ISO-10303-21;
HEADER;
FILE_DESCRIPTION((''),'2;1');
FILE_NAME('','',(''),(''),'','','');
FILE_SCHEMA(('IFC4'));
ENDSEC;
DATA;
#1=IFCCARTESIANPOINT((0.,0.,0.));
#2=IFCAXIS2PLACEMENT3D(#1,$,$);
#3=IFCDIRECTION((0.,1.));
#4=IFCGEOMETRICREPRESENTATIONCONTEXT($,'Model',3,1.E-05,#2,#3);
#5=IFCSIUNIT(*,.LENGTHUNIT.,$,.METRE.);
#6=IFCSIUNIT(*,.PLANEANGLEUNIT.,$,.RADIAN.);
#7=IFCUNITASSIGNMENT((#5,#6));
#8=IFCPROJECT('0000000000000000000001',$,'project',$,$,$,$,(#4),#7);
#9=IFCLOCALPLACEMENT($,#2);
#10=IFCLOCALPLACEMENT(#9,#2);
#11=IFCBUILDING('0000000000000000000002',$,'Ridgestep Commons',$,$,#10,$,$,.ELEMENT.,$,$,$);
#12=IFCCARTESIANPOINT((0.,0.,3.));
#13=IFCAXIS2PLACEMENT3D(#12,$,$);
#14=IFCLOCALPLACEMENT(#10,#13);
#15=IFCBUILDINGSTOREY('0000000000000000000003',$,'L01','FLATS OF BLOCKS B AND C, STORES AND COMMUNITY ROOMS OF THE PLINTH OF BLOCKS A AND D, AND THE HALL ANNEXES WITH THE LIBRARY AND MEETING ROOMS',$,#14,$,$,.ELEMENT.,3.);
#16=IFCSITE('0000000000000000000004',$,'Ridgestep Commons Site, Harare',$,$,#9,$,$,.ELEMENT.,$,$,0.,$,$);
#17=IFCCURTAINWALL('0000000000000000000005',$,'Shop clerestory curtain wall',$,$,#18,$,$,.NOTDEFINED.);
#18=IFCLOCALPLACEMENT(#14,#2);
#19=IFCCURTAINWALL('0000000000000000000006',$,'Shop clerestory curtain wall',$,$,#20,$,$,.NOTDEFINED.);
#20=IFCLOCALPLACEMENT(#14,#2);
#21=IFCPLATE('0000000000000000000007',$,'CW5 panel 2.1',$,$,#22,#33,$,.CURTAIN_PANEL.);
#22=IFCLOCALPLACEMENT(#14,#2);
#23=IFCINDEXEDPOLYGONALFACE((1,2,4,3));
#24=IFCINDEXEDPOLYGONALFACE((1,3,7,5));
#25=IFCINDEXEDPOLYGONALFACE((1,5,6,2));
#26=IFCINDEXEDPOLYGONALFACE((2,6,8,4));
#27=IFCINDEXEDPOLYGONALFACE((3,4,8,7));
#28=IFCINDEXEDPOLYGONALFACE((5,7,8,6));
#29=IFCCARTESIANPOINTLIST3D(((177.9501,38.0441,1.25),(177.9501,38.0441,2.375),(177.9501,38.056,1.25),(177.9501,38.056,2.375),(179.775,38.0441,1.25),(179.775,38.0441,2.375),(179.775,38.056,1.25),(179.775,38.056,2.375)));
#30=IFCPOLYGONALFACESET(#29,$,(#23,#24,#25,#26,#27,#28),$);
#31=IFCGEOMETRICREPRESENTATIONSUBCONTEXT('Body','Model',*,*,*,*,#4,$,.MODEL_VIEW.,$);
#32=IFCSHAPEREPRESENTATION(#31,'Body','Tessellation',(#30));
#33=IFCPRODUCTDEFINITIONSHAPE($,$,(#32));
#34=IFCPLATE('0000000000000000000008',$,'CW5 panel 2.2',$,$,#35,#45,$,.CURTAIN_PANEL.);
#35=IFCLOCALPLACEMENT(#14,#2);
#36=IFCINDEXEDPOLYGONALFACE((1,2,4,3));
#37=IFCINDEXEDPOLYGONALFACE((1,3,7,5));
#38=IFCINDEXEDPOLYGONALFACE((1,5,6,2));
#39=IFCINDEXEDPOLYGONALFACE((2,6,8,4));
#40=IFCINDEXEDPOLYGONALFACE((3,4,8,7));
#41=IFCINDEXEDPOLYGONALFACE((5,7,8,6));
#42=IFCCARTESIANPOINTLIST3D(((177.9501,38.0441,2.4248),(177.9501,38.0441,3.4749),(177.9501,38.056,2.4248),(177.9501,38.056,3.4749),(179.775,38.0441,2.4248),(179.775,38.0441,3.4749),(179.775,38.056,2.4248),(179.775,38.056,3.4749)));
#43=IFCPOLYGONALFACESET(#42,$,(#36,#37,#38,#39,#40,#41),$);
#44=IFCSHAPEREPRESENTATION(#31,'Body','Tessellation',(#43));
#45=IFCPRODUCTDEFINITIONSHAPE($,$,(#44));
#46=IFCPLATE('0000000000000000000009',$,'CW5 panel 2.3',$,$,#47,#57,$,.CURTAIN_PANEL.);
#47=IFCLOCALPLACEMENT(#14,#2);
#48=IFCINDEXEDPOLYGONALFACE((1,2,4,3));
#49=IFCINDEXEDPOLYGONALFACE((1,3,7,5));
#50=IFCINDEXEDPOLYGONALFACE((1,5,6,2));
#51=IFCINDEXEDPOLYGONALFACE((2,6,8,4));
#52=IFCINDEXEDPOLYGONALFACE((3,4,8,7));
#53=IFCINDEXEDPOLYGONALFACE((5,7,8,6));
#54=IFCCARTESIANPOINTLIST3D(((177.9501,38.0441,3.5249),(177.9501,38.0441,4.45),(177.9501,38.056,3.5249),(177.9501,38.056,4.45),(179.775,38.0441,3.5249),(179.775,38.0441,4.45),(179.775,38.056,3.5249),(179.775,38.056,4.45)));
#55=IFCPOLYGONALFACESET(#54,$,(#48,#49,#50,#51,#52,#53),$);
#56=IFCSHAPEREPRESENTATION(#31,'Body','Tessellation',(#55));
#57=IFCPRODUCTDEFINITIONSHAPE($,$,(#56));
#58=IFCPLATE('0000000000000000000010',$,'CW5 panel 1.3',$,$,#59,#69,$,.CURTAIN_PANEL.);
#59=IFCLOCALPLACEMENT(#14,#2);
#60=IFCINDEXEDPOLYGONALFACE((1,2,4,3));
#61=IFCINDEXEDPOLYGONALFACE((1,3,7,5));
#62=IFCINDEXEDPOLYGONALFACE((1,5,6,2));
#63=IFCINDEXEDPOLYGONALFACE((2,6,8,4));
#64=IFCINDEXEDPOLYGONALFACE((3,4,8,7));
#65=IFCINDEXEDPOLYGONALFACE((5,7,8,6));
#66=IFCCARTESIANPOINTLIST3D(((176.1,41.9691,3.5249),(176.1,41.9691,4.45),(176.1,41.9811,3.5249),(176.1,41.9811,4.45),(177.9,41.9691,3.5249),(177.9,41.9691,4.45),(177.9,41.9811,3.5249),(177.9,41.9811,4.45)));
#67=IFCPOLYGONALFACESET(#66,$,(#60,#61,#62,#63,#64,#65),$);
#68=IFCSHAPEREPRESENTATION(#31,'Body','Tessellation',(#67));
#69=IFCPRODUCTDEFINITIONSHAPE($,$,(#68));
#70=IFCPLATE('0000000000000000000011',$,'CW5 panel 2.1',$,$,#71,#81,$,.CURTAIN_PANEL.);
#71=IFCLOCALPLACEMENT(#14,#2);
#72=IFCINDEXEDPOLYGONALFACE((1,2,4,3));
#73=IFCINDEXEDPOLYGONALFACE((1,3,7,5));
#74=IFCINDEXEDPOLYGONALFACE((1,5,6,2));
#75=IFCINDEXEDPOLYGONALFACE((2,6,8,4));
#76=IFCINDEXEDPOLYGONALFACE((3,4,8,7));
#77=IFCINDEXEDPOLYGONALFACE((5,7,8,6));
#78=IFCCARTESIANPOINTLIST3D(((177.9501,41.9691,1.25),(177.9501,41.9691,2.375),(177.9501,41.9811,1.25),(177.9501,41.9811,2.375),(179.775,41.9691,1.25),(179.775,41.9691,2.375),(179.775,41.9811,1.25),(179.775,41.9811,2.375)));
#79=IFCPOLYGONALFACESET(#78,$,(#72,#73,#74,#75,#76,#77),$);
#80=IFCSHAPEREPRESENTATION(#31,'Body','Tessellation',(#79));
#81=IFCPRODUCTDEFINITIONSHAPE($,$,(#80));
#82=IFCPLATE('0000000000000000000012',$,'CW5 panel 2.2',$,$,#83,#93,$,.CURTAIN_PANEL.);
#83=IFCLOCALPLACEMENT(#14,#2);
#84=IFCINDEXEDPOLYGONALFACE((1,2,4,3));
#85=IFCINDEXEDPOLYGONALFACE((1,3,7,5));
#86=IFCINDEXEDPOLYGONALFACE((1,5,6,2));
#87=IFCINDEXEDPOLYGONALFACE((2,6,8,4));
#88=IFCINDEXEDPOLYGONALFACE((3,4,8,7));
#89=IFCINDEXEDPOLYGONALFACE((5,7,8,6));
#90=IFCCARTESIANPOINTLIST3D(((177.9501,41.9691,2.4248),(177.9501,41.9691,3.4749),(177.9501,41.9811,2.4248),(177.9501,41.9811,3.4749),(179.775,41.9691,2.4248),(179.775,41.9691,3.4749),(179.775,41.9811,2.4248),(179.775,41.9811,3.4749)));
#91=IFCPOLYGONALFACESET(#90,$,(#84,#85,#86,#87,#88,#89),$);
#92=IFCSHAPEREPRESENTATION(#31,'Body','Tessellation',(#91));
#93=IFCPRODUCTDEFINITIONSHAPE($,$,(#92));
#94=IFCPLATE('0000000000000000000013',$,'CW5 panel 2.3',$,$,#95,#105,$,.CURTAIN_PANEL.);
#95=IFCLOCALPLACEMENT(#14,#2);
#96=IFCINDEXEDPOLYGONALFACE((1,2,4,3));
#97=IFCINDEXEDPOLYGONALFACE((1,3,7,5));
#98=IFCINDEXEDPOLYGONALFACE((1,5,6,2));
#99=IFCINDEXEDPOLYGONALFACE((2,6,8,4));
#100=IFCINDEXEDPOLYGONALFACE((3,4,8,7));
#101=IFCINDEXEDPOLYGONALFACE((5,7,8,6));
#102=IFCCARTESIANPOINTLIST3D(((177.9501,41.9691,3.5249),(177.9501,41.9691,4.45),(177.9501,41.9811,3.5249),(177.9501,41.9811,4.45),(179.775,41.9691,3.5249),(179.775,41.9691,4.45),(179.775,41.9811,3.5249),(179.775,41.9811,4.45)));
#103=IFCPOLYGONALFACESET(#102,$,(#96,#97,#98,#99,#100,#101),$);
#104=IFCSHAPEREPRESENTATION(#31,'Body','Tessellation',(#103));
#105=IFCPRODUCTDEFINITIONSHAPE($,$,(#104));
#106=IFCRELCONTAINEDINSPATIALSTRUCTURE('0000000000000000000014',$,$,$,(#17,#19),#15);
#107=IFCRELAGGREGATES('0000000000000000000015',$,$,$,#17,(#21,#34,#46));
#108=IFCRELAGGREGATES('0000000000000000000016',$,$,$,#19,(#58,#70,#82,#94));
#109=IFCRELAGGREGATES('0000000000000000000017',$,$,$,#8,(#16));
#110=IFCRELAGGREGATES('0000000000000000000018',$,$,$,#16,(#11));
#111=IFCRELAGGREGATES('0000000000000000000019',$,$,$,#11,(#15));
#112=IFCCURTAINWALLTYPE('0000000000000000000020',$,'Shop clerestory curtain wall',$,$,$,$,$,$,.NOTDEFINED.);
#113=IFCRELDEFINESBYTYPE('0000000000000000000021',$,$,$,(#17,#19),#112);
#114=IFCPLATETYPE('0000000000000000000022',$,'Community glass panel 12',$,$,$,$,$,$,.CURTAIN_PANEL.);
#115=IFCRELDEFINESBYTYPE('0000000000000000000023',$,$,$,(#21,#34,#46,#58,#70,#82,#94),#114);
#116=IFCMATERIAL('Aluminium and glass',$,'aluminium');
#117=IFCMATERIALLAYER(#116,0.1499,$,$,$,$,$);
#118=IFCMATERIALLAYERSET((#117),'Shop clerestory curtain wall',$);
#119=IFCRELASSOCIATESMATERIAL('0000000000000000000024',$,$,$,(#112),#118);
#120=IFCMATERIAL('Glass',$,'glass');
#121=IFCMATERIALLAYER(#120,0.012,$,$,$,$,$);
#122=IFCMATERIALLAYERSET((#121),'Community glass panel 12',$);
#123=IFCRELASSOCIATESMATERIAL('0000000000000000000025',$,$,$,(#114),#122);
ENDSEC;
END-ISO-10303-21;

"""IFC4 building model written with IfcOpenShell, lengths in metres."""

from ifc_helpers import new_model, si_unit, direction, frame, origin, origin_2d, place, context, subcontext, project, spatial, rectangle, extrude, material, layer, layer_set, type_object, element, aggregate, save


model = new_model("IFC4")

# Units and contexts
model_context = context("Model", 3, precision=1e-05, world=origin(), true_north=direction((0.0, 1.0)))
body_context = subcontext(model_context, "Body", "Model", "MODEL_VIEW")
ifc_project = project(units=[si_unit("LENGTHUNIT", "METRE"), si_unit("PLANEANGLEUNIT", "RADIAN")], contexts=[model_context])

# Site, building, storey
site_placement = place(None, origin())
site = spatial("IfcSite", under=ifc_project, at=site_placement, Name="Ridgestep Commons Site, Harare", CompositionType="ELEMENT", RefElevation=0.0)
building_placement = place(site_placement, origin())
building = spatial("IfcBuilding", under=site, at=building_placement, Name="Ridgestep Commons", CompositionType="ELEMENT")
storey_placement = place(building_placement, frame((0.0, 0.0, 3.0)))
storey = spatial("IfcBuildingStorey", under=building, at=storey_placement, Name="L01", Description="FLATS OF BLOCKS B AND C, STORES AND COMMUNITY ROOMS OF THE PLINTH OF BLOCKS A AND D, AND THE HALL ANNEXES WITH THE LIBRARY AND MEETING ROOMS", CompositionType="ELEMENT", Elevation=3.0)

# Curtain walls
ifc_material_1 = material(Name="Aluminium and glass", Category="aluminium")
ifc_layer_1 = layer(ifc_material_1, 0.1499)
ifc_layer_set_1 = layer_set([ifc_layer_1], Name="Shop clerestory curtain wall")
curtain_wall_type = type_object("IfcCurtainWallType", Name="Shop clerestory curtain wall", PredefinedType="NOTDEFINED", material=ifc_layer_set_1)
curtain_wall_1_placement = place(storey_placement, origin())
curtain_wall_1 = element("IfcCurtainWall", 1, at=curtain_wall_1_placement, inside=storey, type_object=curtain_wall_type, Name="Shop clerestory curtain wall", PredefinedType="NOTDEFINED")
curtain_wall_2_placement = place(storey_placement, origin())
curtain_wall_2 = element("IfcCurtainWall", 2, at=curtain_wall_2_placement, inside=storey, type_object=curtain_wall_type, Name="Shop clerestory curtain wall", PredefinedType="NOTDEFINED")

# Plates
ifc_material_2 = material(Name="Glass", Category="glass")
ifc_layer_2 = layer(ifc_material_2, 0.012)
ifc_layer_set_2 = layer_set([ifc_layer_2], Name="Community glass panel 12")
plate_type = type_object("IfcPlateType", Name="Community glass panel 12", PredefinedType="CURTAIN_PANEL", material=ifc_layer_set_2)
plate_1_placement = place(storey_placement, frame((178.8625, 38.05, 1.25), z_axis=(0.0, 0.0, 1.0), x_axis=(1.0, 0.0, 0.0)))
plate_1 = element("IfcPlate", 3, at=plate_1_placement, type_object=plate_type, Name="CW5 panel 2.1", PredefinedType="CURTAIN_PANEL", context=body_context, shape_type="SweptSolid", body=[
    extrude(rectangle(XDim=1.825, YDim=0.012, at=origin_2d()), origin(), (0.0, 0.0, 1.0), 1.125),
])
plate_2_placement = place(storey_placement, frame((178.8625, 38.05, 2.4248), z_axis=(0.0, 0.0, 1.0), x_axis=(1.0, 0.0, 0.0)))
plate_2 = element("IfcPlate", 4, at=plate_2_placement, type_object=plate_type, Name="CW5 panel 2.2", PredefinedType="CURTAIN_PANEL", context=body_context, shape_type="SweptSolid", body=[
    extrude(rectangle(XDim=1.825, YDim=0.012, at=origin_2d()), origin(), (0.0, 0.0, 1.0), 1.05),
])
plate_3_placement = place(storey_placement, frame((178.8625, 38.05, 3.5249), z_axis=(0.0, 0.0, 1.0), x_axis=(1.0, 0.0, 0.0)))
plate_3 = element("IfcPlate", 5, at=plate_3_placement, type_object=plate_type, Name="CW5 panel 2.3", PredefinedType="CURTAIN_PANEL", context=body_context, shape_type="SweptSolid", body=[
    extrude(rectangle(XDim=1.825, YDim=0.012, at=origin_2d()), origin(), (0.0, 0.0, 1.0), 0.925),
])
aggregate(curtain_wall_1, [plate_1, plate_2, plate_3])
plate_4_placement = place(storey_placement, frame((177.0, 41.9751, 3.5249), z_axis=(0.0, 0.0, 1.0), x_axis=(1.0, 0.0, 0.0)))
plate_4 = element("IfcPlate", 6, at=plate_4_placement, type_object=plate_type, Name="CW5 panel 1.3", PredefinedType="CURTAIN_PANEL", context=body_context, shape_type="SweptSolid", body=[
    extrude(rectangle(XDim=1.8, YDim=0.012, at=origin_2d()), origin(), (0.0, 0.0, 1.0), 0.925),
])
plate_5_placement = place(storey_placement, frame((178.8625, 41.9751, 1.25), z_axis=(0.0, 0.0, 1.0), x_axis=(1.0, 0.0, 0.0)))
plate_5 = element("IfcPlate", 7, at=plate_5_placement, type_object=plate_type, Name="CW5 panel 2.1", PredefinedType="CURTAIN_PANEL", context=body_context, shape_type="SweptSolid", body=[
    extrude(rectangle(XDim=1.825, YDim=0.012, at=origin_2d()), origin(), (0.0, 0.0, 1.0), 1.125),
])
plate_6_placement = place(storey_placement, frame((178.8625, 41.9751, 2.4248), z_axis=(0.0, 0.0, 1.0), x_axis=(1.0, 0.0, 0.0)))
plate_6 = element("IfcPlate", 8, at=plate_6_placement, type_object=plate_type, Name="CW5 panel 2.2", PredefinedType="CURTAIN_PANEL", context=body_context, shape_type="SweptSolid", body=[
    extrude(rectangle(XDim=1.825, YDim=0.012, at=origin_2d()), origin(), (0.0, 0.0, 1.0), 1.05),
])
plate_7_placement = place(storey_placement, frame((178.8625, 41.9751, 3.5249), z_axis=(0.0, 0.0, 1.0), x_axis=(1.0, 0.0, 0.0)))
plate_7 = element("IfcPlate", 9, at=plate_7_placement, type_object=plate_type, Name="CW5 panel 2.3", PredefinedType="CURTAIN_PANEL", context=body_context, shape_type="SweptSolid", body=[
    extrude(rectangle(XDim=1.825, YDim=0.012, at=origin_2d()), origin(), (0.0, 0.0, 1.0), 0.925),
])
aggregate(curtain_wall_2, [plate_4, plate_5, plate_6, plate_7])

save(model, "model.ifc")
